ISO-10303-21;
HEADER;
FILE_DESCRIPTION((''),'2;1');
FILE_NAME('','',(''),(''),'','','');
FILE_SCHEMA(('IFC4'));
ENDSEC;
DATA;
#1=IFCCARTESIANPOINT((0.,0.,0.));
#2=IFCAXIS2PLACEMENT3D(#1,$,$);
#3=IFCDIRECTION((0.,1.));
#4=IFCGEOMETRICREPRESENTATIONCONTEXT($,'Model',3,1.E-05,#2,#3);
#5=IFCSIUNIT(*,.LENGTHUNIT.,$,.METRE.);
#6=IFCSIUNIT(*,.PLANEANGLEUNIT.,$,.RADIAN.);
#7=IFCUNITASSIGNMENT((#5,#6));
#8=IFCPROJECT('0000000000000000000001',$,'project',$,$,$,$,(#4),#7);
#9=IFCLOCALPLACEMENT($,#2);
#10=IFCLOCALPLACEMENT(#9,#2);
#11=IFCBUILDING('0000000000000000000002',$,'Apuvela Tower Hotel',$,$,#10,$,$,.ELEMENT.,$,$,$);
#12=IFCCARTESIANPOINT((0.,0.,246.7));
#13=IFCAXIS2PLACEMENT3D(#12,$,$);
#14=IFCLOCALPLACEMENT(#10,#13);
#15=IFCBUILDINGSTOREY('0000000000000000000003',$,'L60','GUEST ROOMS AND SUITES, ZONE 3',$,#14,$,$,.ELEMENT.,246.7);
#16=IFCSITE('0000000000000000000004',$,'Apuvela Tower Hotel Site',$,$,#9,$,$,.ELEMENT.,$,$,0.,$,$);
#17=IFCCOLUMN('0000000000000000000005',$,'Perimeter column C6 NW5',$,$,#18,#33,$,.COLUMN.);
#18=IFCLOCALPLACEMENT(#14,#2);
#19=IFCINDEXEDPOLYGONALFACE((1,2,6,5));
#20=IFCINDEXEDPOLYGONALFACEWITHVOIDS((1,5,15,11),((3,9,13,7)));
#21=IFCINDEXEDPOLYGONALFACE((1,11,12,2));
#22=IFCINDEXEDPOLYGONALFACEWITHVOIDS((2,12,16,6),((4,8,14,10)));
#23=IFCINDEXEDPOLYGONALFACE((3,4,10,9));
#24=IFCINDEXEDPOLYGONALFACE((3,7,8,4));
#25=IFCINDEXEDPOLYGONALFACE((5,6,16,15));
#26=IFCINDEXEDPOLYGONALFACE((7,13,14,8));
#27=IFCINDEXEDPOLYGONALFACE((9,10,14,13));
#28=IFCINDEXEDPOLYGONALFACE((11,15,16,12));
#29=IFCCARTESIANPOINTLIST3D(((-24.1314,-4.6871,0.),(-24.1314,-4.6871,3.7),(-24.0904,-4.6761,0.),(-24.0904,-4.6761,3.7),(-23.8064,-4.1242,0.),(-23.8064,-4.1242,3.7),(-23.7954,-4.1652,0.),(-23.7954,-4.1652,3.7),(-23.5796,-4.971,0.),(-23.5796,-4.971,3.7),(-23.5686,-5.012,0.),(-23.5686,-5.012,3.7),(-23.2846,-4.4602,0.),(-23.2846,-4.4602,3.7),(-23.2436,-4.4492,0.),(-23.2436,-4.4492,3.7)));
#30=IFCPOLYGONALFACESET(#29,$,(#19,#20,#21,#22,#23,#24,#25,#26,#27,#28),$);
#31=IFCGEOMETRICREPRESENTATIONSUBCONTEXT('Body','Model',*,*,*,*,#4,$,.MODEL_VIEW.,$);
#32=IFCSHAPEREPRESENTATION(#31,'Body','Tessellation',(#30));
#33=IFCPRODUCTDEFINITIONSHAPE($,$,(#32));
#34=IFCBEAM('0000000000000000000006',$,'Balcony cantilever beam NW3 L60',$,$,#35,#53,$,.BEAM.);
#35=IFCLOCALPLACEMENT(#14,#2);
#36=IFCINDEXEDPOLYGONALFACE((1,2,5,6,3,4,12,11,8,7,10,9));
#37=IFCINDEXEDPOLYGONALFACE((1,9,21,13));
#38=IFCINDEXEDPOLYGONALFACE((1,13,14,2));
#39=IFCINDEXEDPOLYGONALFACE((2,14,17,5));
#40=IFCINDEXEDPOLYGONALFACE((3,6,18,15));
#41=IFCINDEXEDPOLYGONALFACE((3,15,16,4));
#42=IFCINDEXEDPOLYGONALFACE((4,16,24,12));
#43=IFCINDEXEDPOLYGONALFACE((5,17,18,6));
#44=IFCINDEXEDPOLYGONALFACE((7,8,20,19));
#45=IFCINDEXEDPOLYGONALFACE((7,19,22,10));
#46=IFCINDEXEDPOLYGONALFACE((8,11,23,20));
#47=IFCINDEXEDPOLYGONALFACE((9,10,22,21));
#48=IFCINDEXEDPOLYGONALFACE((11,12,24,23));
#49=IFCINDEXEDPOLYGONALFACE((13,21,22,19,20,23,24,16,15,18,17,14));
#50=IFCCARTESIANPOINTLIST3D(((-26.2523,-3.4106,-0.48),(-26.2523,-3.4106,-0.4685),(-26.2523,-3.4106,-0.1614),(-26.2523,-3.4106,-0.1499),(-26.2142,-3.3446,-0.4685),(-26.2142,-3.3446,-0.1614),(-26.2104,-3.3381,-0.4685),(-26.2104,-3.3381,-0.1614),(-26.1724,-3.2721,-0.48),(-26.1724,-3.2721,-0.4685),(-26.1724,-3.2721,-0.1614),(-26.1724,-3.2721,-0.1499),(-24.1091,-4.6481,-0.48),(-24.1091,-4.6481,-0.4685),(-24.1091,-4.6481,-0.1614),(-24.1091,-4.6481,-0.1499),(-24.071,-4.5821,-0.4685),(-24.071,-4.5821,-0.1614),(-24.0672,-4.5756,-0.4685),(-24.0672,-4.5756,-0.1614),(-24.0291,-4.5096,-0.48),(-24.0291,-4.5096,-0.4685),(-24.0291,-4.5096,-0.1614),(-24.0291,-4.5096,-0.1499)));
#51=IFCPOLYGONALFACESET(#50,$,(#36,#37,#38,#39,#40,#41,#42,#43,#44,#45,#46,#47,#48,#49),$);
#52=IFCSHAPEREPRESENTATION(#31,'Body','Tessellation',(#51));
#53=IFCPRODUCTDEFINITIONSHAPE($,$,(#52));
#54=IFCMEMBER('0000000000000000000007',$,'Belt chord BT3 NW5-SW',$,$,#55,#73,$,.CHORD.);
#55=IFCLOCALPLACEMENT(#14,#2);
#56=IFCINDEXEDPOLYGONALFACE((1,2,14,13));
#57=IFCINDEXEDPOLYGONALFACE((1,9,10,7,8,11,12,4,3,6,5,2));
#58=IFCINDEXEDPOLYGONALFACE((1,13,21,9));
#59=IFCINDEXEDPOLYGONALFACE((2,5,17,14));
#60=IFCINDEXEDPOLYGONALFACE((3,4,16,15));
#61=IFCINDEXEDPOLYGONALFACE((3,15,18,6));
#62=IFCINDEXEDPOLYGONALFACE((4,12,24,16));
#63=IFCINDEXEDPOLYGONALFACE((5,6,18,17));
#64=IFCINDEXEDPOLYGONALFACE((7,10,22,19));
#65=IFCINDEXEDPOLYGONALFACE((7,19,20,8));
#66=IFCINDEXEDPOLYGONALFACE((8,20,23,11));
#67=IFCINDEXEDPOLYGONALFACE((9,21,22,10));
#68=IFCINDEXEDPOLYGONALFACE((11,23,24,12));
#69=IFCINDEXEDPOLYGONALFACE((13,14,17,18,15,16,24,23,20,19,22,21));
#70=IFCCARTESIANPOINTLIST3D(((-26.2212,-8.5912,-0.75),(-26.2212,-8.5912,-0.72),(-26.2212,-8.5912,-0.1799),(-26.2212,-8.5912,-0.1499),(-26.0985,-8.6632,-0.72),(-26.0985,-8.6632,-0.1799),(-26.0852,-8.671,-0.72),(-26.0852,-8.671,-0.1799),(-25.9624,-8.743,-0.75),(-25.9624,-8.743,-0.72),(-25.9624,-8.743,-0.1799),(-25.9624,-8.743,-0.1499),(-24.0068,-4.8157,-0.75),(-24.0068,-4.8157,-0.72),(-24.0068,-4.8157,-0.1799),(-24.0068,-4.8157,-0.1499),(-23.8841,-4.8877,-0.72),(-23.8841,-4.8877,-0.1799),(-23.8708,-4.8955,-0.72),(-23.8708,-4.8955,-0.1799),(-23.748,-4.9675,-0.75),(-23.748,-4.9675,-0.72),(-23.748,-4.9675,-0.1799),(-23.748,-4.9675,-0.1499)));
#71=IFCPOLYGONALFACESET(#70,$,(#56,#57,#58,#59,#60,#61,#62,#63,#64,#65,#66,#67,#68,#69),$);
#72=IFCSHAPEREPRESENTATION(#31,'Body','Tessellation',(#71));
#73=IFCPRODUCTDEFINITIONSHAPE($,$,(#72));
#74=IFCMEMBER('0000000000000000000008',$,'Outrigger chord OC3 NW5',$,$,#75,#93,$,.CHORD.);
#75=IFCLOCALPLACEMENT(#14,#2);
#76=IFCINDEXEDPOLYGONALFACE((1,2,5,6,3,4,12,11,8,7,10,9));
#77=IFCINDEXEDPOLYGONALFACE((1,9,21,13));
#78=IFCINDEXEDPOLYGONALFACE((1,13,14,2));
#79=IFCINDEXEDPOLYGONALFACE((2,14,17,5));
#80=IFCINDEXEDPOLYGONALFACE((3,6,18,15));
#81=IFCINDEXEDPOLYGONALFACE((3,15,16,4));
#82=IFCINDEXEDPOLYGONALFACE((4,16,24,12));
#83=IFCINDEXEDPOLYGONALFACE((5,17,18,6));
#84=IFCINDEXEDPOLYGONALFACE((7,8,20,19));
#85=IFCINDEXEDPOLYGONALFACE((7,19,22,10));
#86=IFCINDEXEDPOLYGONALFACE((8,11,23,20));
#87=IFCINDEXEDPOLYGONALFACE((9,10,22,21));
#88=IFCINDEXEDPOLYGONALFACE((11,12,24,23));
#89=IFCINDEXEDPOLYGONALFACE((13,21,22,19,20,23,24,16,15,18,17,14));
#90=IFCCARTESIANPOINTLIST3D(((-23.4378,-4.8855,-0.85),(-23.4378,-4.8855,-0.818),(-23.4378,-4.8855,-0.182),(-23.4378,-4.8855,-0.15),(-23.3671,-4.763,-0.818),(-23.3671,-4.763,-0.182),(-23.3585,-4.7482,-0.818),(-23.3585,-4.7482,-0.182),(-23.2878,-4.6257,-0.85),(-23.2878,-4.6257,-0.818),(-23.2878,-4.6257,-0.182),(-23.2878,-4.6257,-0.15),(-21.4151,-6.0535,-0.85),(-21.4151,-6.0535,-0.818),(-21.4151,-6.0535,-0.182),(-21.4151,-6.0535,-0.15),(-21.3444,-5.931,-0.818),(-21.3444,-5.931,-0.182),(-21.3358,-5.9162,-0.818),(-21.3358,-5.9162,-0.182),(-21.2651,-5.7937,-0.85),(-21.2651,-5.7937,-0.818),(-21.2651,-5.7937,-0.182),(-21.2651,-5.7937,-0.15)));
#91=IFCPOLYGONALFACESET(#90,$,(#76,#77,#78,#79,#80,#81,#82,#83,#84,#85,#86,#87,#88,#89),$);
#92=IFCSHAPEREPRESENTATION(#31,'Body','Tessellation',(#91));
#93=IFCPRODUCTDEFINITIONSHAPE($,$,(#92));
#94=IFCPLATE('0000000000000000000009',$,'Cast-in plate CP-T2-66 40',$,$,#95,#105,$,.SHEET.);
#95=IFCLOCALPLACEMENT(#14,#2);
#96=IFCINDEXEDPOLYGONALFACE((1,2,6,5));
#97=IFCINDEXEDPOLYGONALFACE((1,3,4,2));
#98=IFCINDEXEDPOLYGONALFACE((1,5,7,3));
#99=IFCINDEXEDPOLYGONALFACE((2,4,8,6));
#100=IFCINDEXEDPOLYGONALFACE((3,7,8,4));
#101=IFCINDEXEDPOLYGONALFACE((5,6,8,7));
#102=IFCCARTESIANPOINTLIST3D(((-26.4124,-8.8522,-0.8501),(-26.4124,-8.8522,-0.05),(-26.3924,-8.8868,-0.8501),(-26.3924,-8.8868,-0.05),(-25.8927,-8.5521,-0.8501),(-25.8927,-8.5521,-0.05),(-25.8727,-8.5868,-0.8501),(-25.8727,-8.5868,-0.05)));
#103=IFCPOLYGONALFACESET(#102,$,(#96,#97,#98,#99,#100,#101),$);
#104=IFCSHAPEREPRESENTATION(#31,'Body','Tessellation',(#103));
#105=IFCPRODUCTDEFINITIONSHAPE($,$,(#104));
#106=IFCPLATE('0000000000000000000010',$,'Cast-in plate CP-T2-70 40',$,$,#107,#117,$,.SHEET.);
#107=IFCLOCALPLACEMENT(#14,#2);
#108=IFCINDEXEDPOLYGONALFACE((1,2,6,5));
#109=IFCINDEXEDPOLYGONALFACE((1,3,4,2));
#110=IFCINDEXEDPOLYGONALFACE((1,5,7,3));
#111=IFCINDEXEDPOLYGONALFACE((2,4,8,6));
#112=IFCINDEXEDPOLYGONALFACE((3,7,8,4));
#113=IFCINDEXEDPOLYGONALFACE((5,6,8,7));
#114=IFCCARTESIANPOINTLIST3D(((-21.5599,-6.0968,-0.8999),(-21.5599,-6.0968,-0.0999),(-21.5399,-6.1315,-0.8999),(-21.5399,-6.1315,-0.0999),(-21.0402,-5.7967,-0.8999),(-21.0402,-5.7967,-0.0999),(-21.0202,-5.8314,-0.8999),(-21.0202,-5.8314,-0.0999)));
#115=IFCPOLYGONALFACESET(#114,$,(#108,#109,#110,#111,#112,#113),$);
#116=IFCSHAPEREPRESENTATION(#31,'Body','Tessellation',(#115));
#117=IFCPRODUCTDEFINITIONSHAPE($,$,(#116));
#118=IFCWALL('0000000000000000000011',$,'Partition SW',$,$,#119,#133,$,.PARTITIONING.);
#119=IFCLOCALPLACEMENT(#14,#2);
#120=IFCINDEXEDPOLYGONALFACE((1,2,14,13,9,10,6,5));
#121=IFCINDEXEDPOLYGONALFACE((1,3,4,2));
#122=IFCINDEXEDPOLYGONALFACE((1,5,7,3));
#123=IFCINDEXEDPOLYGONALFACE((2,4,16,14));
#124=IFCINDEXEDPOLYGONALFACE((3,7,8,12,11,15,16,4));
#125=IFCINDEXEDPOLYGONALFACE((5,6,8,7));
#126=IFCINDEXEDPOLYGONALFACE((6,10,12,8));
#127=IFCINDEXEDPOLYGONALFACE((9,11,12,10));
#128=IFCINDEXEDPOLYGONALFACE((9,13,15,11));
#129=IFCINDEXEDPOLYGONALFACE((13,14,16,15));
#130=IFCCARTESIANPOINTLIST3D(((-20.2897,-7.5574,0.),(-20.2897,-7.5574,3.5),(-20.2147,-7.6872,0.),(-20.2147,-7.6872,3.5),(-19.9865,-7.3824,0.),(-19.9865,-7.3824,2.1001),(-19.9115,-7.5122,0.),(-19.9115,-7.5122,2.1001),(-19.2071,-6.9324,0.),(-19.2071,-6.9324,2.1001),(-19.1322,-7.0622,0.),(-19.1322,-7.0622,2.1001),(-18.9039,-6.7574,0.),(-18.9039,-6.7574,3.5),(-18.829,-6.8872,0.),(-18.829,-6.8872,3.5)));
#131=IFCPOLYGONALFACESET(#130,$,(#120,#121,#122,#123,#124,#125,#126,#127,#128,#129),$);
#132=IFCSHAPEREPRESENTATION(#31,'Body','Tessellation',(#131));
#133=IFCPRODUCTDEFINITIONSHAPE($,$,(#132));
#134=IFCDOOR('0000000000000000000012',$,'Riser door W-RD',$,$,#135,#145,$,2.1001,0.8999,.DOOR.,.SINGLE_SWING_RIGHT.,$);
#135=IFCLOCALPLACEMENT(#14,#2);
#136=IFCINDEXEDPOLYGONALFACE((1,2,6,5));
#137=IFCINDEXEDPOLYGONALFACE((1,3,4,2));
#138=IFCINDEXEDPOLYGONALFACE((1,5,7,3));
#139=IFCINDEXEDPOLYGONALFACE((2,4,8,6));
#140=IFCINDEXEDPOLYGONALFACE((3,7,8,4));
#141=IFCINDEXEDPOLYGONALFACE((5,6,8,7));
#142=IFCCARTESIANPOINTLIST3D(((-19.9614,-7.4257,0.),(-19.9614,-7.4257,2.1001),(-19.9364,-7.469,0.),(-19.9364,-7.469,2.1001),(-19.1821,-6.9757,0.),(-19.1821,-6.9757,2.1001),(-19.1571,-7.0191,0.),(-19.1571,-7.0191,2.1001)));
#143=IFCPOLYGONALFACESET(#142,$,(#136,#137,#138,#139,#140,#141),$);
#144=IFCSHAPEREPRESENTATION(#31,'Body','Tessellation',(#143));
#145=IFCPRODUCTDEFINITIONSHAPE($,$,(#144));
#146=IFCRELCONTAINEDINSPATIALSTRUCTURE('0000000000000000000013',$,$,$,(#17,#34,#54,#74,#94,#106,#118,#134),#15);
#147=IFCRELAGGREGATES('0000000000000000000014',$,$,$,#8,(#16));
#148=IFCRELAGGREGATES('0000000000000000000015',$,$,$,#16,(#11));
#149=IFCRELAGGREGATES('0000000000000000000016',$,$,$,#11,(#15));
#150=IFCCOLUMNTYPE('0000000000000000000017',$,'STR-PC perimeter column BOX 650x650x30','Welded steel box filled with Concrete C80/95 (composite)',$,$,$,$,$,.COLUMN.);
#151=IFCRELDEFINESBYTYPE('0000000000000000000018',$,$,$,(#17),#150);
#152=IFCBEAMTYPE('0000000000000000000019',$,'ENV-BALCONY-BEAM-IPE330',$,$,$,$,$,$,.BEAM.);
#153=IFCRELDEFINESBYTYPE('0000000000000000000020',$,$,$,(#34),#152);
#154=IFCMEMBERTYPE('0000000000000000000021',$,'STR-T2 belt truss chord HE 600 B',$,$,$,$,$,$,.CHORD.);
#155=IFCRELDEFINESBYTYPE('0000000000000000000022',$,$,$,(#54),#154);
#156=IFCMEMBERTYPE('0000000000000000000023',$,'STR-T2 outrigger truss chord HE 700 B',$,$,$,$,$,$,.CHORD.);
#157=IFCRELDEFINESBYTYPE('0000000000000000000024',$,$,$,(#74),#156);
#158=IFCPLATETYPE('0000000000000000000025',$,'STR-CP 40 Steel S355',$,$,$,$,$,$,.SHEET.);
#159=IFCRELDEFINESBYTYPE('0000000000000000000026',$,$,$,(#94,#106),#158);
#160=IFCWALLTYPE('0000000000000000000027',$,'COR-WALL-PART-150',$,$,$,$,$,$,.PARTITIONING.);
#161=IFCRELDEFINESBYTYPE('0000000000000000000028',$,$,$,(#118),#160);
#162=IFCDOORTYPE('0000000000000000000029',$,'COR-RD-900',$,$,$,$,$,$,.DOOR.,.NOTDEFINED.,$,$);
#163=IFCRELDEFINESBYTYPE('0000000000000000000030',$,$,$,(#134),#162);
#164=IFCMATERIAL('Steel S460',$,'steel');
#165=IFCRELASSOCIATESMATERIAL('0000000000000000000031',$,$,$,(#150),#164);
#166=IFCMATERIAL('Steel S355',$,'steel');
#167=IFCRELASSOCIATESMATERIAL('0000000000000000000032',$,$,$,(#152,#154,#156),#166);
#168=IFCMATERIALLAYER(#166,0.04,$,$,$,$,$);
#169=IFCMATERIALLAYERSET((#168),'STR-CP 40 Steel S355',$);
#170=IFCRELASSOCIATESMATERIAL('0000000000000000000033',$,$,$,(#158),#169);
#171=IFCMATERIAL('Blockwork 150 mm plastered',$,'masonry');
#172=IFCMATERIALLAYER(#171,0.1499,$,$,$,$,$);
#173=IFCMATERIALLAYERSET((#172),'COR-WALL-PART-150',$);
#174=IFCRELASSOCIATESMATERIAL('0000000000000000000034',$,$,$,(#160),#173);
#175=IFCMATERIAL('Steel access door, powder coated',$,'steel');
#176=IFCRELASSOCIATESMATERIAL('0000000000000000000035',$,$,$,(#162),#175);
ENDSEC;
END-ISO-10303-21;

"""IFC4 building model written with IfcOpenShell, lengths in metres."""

from ifc_helpers import new_model, si_unit, direction, frame, frame_2d, origin, origin_2d, place, context, subcontext, project, spatial, rectangle, hollow_rectangle, i_section, extrude, material, layer, layer_set, material_profile, profile_set, type_object, element, fill, save


model = new_model("IFC4")

# Units and contexts
model_context = context("Model", 3, precision=1e-05, world=origin(), true_north=direction((0.0, 1.0)))
body_context = subcontext(model_context, "Body", "Model", "MODEL_VIEW")
ifc_project = project(units=[si_unit("LENGTHUNIT", "METRE"), si_unit("PLANEANGLEUNIT", "RADIAN")], contexts=[model_context])

# Site, building, storey
site_placement = place(None, origin())
site = spatial("IfcSite", under=ifc_project, at=site_placement, Name="Apuvela Tower Hotel Site", CompositionType="ELEMENT", RefElevation=0.0)
building_placement = place(site_placement, origin())
building = spatial("IfcBuilding", under=site, at=building_placement, Name="Apuvela Tower Hotel", CompositionType="ELEMENT")
storey_placement = place(building_placement, frame((0.0, 0.0, 246.7)))
storey = spatial("IfcBuildingStorey", under=building, at=storey_placement, Name="L60", Description="GUEST ROOMS AND SUITES, ZONE 3", CompositionType="ELEMENT", Elevation=246.7)

# Column
ifc_material_1 = material(Name="Steel S460", Category="steel")
ifc_material_profile_1 = material_profile(ifc_material_1, hollow_rectangle(XDim=0.6499, YDim=0.6499, WallThickness=0.03, at=origin_2d()), Name="BOX 650x650x30")
ifc_material_2 = material(Name="Concrete C80/95", Category="concrete")
ifc_material_profile_2 = material_profile(ifc_material_2, rectangle(XDim=0.5901, YDim=0.5901, at=origin_2d()), Name="Concrete C80/95 infill")
ifc_profile_set_1 = profile_set([ifc_material_profile_1, ifc_material_profile_2], Name="Steel S460")
column_type = type_object("IfcColumnType", Name="STR-PC perimeter column BOX 650x650x30", Description="Welded steel box filled with Concrete C80/95 (composite)", PredefinedType="COLUMN", material=ifc_profile_set_1)
column_placement = place(storey_placement, frame((-23.6875, -4.5681, 0.0), z_axis=(0.0, 0.0, 1.0), x_axis=(0.5, 0.866025, 0.0)))
element("IfcColumn", 1, at=column_placement, inside=storey, type_object=column_type, Name="Perimeter column C6 NW5", PredefinedType="COLUMN", context=body_context, shape_type="SweptSolid", body=[
    extrude(hollow_rectangle(XDim=0.6499, YDim=0.6499, WallThickness=0.03, at=origin_2d()), origin(), (0.0, 0.0, 1.0), 3.7),
])

# Beam
ifc_material_3 = material(Name="Steel S355", Category="steel")
ifc_material_profile_3 = material_profile(ifc_material_3, i_section(OverallWidth=0.1599, OverallDepth=0.3301, WebThickness=0.0076, FlangeThickness=0.0115, at=origin_2d()), Name="IPE 330")
ifc_profile_set_2 = profile_set([ifc_material_profile_3], Name="Steel S355")
beam_type = type_object("IfcBeamType", Name="ENV-BALCONY-BEAM-IPE330", PredefinedType="BEAM", material=ifc_profile_set_2)
beam_placement = place(storey_placement, frame((-24.0691, -4.5789, -0.3149), z_axis=(-0.866007, 0.500033, 0.0), x_axis=(-0.500033, -0.866007, 0.0)))
element("IfcBeam", 2, at=beam_placement, inside=storey, type_object=beam_type, Name="Balcony cantilever beam NW3 L60", PredefinedType="BEAM", context=body_context, shape_type="SweptSolid", body=[
    extrude(i_section(OverallWidth=0.1599, OverallDepth=0.3301, WebThickness=0.0076, FlangeThickness=0.0115, at=origin_2d()), origin(), (0.0, 0.0, 1.0), 2.4749),
])

# Members
ifc_material_profile_4 = material_profile(ifc_material_3, i_section(OverallWidth=0.3, OverallDepth=0.6001, WebThickness=0.0154, FlangeThickness=0.03, at=origin_2d()), Name="HE 600 B")
ifc_profile_set_3 = profile_set([ifc_material_profile_4], Name="Steel S355")
member_type_1 = type_object("IfcMemberType", Name="STR-T2 belt truss chord HE 600 B", PredefinedType="CHORD", material=ifc_profile_set_3)
member_1_placement = place(storey_placement, frame((-23.8774, -4.8916, -0.45), z_axis=(-0.505923, -0.862579, 0.0), x_axis=(0.862579, -0.505923, 0.0)))
element("IfcMember", 3, at=member_1_placement, inside=storey, type_object=member_type_1, Name="Belt chord BT3 NW5-SW", PredefinedType="CHORD", context=body_context, shape_type="SweptSolid", body=[
    extrude(i_section(OverallWidth=0.3, OverallDepth=0.6001, WebThickness=0.0154, FlangeThickness=0.03, at=origin_2d()), origin(), (0.0, 0.0, 1.0), 4.377),
])
ifc_material_profile_5 = material_profile(ifc_material_3, i_section(OverallWidth=0.3, OverallDepth=0.7, WebThickness=0.0171, FlangeThickness=0.032, at=origin_2d()), Name="HE 700 B")
ifc_profile_set_4 = profile_set([ifc_material_profile_5], Name="Steel S355")
member_type_2 = type_object("IfcMemberType", Name="STR-T2 outrigger truss chord HE 700 B", PredefinedType="CHORD", material=ifc_profile_set_4)
member_2_placement = place(storey_placement, frame((-23.3628, -4.7556, -0.5), z_axis=(0.865996, -0.500051, 0.0), x_axis=(0.500051, 0.865996, 0.0)))
element("IfcMember", 4, at=member_2_placement, inside=storey, type_object=member_type_2, Name="Outrigger chord OC3 NW5", PredefinedType="CHORD", context=body_context, shape_type="SweptSolid", body=[
    extrude(i_section(OverallWidth=0.3, OverallDepth=0.7, WebThickness=0.0171, FlangeThickness=0.032, at=origin_2d()), origin(), (0.0, 0.0, 1.0), 2.3357),
])

# Plates
ifc_layer_1 = layer(ifc_material_3, 0.04)
ifc_layer_set_1 = layer_set([ifc_layer_1], Name="STR-CP 40 Steel S355")
plate_type = type_object("IfcPlateType", Name="STR-CP 40 Steel S355", PredefinedType="SHEET", material=ifc_layer_set_1)
for number, where, z_axis, x_axis, name in (
    (5, (-26.1426, -8.7195, -0.8501), (0.0, 0.0, 1.0), (-0.5, 0.866025, 0.0), "Cast-in plate CP-T2-66 40"),
    (6, (-21.29, -5.9641, -0.8999), (0.0, 0.0, 1.0), (0.5, -0.866025, 0.0), "Cast-in plate CP-T2-70 40"),
):
    element("IfcPlate", number, at=place(storey_placement, frame(where, z_axis=z_axis, x_axis=x_axis)), inside=storey, type_object=plate_type, Name=name, PredefinedType="SHEET", context=body_context, shape_type="SweptSolid", body=[
        extrude(rectangle(XDim=0.04, YDim=0.6001, at=origin_2d()), origin(), (0.0, 0.0, 1.0), 0.8),
    ])

# Wall, opening, door
ifc_material_4 = material(Name="Blockwork 150 mm plastered", Category="masonry")
ifc_layer_2 = layer(ifc_material_4, 0.1499)
ifc_layer_set_2 = layer_set([ifc_layer_2], Name="COR-WALL-PART-150")
wall_type_1 = type_object("IfcWallType", Name="COR-WALL-PART-150", PredefinedType="PARTITIONING", material=ifc_layer_set_2)
wall_1_placement = place(storey_placement, frame((-18.8665, -6.8223, 0.0), z_axis=(0.0, 0.0, 1.0), x_axis=(-0.866028, -0.499995, 0.0)))
wall_1 = element("IfcWall", 7, at=wall_1_placement, inside=storey, type_object=wall_type_1, Name="Partition SW", PredefinedType="PARTITIONING", context=body_context, shape_type="SweptSolid", body=[
    extrude(rectangle(XDim=1.6001, YDim=0.1499, at=frame_2d((0.8, 0.0))), origin(), (0.0, 0.0, 1.0), 3.5),
])
opening_1_placement = place(wall_1_placement, frame((0.3501, 0.0, 0.0)))
opening_1 = element("IfcOpeningElement", 8, at=opening_1_placement, cuts=wall_1, PredefinedType="OPENING", context=body_context, shape_type="SweptSolid", body=[
    extrude(rectangle(XDim=0.8999, YDim=2.1001, at=frame_2d((0.45, 1.05))), frame((0.0, 0.085, 0.0), z_axis=(0.0, -1.0, 0.0), x_axis=(1.0, 0.0, 0.0)), (0.0, 0.0, 1.0), 0.1699),
])
ifc_material_5 = material(Name="Steel access door, powder coated", Category="steel")
door_type_1 = type_object("IfcDoorType", Name="COR-RD-900", OperationType="NOTDEFINED", PredefinedType="DOOR", material=ifc_material_5)
door_1_placement = place(opening_1_placement, frame((0.8999, 0.0, 0.0), z_axis=(0.0, 0.0, 1.0), x_axis=(-1.0, 0.0, 0.0)))
door_1 = element("IfcDoor", 9, at=door_1_placement, inside=storey, type_object=door_type_1, Name="Riser door W-RD", OperationType="SINGLE_SWING_RIGHT", OverallHeight=2.1001, OverallWidth=0.8999, PredefinedType="DOOR", context=body_context, shape_type="SweptSolid", body=[
    extrude(rectangle(XDim=0.8999, YDim=2.1001, at=frame_2d((0.45, 1.05))), frame((0.0, 0.0249, 0.0), z_axis=(0.0, -1.0, 0.0), x_axis=(1.0, 0.0, 0.0)), (0.0, 0.0, 1.0), 0.05),
])
fill(opening_1, door_1)

save(model, "model.ifc")
